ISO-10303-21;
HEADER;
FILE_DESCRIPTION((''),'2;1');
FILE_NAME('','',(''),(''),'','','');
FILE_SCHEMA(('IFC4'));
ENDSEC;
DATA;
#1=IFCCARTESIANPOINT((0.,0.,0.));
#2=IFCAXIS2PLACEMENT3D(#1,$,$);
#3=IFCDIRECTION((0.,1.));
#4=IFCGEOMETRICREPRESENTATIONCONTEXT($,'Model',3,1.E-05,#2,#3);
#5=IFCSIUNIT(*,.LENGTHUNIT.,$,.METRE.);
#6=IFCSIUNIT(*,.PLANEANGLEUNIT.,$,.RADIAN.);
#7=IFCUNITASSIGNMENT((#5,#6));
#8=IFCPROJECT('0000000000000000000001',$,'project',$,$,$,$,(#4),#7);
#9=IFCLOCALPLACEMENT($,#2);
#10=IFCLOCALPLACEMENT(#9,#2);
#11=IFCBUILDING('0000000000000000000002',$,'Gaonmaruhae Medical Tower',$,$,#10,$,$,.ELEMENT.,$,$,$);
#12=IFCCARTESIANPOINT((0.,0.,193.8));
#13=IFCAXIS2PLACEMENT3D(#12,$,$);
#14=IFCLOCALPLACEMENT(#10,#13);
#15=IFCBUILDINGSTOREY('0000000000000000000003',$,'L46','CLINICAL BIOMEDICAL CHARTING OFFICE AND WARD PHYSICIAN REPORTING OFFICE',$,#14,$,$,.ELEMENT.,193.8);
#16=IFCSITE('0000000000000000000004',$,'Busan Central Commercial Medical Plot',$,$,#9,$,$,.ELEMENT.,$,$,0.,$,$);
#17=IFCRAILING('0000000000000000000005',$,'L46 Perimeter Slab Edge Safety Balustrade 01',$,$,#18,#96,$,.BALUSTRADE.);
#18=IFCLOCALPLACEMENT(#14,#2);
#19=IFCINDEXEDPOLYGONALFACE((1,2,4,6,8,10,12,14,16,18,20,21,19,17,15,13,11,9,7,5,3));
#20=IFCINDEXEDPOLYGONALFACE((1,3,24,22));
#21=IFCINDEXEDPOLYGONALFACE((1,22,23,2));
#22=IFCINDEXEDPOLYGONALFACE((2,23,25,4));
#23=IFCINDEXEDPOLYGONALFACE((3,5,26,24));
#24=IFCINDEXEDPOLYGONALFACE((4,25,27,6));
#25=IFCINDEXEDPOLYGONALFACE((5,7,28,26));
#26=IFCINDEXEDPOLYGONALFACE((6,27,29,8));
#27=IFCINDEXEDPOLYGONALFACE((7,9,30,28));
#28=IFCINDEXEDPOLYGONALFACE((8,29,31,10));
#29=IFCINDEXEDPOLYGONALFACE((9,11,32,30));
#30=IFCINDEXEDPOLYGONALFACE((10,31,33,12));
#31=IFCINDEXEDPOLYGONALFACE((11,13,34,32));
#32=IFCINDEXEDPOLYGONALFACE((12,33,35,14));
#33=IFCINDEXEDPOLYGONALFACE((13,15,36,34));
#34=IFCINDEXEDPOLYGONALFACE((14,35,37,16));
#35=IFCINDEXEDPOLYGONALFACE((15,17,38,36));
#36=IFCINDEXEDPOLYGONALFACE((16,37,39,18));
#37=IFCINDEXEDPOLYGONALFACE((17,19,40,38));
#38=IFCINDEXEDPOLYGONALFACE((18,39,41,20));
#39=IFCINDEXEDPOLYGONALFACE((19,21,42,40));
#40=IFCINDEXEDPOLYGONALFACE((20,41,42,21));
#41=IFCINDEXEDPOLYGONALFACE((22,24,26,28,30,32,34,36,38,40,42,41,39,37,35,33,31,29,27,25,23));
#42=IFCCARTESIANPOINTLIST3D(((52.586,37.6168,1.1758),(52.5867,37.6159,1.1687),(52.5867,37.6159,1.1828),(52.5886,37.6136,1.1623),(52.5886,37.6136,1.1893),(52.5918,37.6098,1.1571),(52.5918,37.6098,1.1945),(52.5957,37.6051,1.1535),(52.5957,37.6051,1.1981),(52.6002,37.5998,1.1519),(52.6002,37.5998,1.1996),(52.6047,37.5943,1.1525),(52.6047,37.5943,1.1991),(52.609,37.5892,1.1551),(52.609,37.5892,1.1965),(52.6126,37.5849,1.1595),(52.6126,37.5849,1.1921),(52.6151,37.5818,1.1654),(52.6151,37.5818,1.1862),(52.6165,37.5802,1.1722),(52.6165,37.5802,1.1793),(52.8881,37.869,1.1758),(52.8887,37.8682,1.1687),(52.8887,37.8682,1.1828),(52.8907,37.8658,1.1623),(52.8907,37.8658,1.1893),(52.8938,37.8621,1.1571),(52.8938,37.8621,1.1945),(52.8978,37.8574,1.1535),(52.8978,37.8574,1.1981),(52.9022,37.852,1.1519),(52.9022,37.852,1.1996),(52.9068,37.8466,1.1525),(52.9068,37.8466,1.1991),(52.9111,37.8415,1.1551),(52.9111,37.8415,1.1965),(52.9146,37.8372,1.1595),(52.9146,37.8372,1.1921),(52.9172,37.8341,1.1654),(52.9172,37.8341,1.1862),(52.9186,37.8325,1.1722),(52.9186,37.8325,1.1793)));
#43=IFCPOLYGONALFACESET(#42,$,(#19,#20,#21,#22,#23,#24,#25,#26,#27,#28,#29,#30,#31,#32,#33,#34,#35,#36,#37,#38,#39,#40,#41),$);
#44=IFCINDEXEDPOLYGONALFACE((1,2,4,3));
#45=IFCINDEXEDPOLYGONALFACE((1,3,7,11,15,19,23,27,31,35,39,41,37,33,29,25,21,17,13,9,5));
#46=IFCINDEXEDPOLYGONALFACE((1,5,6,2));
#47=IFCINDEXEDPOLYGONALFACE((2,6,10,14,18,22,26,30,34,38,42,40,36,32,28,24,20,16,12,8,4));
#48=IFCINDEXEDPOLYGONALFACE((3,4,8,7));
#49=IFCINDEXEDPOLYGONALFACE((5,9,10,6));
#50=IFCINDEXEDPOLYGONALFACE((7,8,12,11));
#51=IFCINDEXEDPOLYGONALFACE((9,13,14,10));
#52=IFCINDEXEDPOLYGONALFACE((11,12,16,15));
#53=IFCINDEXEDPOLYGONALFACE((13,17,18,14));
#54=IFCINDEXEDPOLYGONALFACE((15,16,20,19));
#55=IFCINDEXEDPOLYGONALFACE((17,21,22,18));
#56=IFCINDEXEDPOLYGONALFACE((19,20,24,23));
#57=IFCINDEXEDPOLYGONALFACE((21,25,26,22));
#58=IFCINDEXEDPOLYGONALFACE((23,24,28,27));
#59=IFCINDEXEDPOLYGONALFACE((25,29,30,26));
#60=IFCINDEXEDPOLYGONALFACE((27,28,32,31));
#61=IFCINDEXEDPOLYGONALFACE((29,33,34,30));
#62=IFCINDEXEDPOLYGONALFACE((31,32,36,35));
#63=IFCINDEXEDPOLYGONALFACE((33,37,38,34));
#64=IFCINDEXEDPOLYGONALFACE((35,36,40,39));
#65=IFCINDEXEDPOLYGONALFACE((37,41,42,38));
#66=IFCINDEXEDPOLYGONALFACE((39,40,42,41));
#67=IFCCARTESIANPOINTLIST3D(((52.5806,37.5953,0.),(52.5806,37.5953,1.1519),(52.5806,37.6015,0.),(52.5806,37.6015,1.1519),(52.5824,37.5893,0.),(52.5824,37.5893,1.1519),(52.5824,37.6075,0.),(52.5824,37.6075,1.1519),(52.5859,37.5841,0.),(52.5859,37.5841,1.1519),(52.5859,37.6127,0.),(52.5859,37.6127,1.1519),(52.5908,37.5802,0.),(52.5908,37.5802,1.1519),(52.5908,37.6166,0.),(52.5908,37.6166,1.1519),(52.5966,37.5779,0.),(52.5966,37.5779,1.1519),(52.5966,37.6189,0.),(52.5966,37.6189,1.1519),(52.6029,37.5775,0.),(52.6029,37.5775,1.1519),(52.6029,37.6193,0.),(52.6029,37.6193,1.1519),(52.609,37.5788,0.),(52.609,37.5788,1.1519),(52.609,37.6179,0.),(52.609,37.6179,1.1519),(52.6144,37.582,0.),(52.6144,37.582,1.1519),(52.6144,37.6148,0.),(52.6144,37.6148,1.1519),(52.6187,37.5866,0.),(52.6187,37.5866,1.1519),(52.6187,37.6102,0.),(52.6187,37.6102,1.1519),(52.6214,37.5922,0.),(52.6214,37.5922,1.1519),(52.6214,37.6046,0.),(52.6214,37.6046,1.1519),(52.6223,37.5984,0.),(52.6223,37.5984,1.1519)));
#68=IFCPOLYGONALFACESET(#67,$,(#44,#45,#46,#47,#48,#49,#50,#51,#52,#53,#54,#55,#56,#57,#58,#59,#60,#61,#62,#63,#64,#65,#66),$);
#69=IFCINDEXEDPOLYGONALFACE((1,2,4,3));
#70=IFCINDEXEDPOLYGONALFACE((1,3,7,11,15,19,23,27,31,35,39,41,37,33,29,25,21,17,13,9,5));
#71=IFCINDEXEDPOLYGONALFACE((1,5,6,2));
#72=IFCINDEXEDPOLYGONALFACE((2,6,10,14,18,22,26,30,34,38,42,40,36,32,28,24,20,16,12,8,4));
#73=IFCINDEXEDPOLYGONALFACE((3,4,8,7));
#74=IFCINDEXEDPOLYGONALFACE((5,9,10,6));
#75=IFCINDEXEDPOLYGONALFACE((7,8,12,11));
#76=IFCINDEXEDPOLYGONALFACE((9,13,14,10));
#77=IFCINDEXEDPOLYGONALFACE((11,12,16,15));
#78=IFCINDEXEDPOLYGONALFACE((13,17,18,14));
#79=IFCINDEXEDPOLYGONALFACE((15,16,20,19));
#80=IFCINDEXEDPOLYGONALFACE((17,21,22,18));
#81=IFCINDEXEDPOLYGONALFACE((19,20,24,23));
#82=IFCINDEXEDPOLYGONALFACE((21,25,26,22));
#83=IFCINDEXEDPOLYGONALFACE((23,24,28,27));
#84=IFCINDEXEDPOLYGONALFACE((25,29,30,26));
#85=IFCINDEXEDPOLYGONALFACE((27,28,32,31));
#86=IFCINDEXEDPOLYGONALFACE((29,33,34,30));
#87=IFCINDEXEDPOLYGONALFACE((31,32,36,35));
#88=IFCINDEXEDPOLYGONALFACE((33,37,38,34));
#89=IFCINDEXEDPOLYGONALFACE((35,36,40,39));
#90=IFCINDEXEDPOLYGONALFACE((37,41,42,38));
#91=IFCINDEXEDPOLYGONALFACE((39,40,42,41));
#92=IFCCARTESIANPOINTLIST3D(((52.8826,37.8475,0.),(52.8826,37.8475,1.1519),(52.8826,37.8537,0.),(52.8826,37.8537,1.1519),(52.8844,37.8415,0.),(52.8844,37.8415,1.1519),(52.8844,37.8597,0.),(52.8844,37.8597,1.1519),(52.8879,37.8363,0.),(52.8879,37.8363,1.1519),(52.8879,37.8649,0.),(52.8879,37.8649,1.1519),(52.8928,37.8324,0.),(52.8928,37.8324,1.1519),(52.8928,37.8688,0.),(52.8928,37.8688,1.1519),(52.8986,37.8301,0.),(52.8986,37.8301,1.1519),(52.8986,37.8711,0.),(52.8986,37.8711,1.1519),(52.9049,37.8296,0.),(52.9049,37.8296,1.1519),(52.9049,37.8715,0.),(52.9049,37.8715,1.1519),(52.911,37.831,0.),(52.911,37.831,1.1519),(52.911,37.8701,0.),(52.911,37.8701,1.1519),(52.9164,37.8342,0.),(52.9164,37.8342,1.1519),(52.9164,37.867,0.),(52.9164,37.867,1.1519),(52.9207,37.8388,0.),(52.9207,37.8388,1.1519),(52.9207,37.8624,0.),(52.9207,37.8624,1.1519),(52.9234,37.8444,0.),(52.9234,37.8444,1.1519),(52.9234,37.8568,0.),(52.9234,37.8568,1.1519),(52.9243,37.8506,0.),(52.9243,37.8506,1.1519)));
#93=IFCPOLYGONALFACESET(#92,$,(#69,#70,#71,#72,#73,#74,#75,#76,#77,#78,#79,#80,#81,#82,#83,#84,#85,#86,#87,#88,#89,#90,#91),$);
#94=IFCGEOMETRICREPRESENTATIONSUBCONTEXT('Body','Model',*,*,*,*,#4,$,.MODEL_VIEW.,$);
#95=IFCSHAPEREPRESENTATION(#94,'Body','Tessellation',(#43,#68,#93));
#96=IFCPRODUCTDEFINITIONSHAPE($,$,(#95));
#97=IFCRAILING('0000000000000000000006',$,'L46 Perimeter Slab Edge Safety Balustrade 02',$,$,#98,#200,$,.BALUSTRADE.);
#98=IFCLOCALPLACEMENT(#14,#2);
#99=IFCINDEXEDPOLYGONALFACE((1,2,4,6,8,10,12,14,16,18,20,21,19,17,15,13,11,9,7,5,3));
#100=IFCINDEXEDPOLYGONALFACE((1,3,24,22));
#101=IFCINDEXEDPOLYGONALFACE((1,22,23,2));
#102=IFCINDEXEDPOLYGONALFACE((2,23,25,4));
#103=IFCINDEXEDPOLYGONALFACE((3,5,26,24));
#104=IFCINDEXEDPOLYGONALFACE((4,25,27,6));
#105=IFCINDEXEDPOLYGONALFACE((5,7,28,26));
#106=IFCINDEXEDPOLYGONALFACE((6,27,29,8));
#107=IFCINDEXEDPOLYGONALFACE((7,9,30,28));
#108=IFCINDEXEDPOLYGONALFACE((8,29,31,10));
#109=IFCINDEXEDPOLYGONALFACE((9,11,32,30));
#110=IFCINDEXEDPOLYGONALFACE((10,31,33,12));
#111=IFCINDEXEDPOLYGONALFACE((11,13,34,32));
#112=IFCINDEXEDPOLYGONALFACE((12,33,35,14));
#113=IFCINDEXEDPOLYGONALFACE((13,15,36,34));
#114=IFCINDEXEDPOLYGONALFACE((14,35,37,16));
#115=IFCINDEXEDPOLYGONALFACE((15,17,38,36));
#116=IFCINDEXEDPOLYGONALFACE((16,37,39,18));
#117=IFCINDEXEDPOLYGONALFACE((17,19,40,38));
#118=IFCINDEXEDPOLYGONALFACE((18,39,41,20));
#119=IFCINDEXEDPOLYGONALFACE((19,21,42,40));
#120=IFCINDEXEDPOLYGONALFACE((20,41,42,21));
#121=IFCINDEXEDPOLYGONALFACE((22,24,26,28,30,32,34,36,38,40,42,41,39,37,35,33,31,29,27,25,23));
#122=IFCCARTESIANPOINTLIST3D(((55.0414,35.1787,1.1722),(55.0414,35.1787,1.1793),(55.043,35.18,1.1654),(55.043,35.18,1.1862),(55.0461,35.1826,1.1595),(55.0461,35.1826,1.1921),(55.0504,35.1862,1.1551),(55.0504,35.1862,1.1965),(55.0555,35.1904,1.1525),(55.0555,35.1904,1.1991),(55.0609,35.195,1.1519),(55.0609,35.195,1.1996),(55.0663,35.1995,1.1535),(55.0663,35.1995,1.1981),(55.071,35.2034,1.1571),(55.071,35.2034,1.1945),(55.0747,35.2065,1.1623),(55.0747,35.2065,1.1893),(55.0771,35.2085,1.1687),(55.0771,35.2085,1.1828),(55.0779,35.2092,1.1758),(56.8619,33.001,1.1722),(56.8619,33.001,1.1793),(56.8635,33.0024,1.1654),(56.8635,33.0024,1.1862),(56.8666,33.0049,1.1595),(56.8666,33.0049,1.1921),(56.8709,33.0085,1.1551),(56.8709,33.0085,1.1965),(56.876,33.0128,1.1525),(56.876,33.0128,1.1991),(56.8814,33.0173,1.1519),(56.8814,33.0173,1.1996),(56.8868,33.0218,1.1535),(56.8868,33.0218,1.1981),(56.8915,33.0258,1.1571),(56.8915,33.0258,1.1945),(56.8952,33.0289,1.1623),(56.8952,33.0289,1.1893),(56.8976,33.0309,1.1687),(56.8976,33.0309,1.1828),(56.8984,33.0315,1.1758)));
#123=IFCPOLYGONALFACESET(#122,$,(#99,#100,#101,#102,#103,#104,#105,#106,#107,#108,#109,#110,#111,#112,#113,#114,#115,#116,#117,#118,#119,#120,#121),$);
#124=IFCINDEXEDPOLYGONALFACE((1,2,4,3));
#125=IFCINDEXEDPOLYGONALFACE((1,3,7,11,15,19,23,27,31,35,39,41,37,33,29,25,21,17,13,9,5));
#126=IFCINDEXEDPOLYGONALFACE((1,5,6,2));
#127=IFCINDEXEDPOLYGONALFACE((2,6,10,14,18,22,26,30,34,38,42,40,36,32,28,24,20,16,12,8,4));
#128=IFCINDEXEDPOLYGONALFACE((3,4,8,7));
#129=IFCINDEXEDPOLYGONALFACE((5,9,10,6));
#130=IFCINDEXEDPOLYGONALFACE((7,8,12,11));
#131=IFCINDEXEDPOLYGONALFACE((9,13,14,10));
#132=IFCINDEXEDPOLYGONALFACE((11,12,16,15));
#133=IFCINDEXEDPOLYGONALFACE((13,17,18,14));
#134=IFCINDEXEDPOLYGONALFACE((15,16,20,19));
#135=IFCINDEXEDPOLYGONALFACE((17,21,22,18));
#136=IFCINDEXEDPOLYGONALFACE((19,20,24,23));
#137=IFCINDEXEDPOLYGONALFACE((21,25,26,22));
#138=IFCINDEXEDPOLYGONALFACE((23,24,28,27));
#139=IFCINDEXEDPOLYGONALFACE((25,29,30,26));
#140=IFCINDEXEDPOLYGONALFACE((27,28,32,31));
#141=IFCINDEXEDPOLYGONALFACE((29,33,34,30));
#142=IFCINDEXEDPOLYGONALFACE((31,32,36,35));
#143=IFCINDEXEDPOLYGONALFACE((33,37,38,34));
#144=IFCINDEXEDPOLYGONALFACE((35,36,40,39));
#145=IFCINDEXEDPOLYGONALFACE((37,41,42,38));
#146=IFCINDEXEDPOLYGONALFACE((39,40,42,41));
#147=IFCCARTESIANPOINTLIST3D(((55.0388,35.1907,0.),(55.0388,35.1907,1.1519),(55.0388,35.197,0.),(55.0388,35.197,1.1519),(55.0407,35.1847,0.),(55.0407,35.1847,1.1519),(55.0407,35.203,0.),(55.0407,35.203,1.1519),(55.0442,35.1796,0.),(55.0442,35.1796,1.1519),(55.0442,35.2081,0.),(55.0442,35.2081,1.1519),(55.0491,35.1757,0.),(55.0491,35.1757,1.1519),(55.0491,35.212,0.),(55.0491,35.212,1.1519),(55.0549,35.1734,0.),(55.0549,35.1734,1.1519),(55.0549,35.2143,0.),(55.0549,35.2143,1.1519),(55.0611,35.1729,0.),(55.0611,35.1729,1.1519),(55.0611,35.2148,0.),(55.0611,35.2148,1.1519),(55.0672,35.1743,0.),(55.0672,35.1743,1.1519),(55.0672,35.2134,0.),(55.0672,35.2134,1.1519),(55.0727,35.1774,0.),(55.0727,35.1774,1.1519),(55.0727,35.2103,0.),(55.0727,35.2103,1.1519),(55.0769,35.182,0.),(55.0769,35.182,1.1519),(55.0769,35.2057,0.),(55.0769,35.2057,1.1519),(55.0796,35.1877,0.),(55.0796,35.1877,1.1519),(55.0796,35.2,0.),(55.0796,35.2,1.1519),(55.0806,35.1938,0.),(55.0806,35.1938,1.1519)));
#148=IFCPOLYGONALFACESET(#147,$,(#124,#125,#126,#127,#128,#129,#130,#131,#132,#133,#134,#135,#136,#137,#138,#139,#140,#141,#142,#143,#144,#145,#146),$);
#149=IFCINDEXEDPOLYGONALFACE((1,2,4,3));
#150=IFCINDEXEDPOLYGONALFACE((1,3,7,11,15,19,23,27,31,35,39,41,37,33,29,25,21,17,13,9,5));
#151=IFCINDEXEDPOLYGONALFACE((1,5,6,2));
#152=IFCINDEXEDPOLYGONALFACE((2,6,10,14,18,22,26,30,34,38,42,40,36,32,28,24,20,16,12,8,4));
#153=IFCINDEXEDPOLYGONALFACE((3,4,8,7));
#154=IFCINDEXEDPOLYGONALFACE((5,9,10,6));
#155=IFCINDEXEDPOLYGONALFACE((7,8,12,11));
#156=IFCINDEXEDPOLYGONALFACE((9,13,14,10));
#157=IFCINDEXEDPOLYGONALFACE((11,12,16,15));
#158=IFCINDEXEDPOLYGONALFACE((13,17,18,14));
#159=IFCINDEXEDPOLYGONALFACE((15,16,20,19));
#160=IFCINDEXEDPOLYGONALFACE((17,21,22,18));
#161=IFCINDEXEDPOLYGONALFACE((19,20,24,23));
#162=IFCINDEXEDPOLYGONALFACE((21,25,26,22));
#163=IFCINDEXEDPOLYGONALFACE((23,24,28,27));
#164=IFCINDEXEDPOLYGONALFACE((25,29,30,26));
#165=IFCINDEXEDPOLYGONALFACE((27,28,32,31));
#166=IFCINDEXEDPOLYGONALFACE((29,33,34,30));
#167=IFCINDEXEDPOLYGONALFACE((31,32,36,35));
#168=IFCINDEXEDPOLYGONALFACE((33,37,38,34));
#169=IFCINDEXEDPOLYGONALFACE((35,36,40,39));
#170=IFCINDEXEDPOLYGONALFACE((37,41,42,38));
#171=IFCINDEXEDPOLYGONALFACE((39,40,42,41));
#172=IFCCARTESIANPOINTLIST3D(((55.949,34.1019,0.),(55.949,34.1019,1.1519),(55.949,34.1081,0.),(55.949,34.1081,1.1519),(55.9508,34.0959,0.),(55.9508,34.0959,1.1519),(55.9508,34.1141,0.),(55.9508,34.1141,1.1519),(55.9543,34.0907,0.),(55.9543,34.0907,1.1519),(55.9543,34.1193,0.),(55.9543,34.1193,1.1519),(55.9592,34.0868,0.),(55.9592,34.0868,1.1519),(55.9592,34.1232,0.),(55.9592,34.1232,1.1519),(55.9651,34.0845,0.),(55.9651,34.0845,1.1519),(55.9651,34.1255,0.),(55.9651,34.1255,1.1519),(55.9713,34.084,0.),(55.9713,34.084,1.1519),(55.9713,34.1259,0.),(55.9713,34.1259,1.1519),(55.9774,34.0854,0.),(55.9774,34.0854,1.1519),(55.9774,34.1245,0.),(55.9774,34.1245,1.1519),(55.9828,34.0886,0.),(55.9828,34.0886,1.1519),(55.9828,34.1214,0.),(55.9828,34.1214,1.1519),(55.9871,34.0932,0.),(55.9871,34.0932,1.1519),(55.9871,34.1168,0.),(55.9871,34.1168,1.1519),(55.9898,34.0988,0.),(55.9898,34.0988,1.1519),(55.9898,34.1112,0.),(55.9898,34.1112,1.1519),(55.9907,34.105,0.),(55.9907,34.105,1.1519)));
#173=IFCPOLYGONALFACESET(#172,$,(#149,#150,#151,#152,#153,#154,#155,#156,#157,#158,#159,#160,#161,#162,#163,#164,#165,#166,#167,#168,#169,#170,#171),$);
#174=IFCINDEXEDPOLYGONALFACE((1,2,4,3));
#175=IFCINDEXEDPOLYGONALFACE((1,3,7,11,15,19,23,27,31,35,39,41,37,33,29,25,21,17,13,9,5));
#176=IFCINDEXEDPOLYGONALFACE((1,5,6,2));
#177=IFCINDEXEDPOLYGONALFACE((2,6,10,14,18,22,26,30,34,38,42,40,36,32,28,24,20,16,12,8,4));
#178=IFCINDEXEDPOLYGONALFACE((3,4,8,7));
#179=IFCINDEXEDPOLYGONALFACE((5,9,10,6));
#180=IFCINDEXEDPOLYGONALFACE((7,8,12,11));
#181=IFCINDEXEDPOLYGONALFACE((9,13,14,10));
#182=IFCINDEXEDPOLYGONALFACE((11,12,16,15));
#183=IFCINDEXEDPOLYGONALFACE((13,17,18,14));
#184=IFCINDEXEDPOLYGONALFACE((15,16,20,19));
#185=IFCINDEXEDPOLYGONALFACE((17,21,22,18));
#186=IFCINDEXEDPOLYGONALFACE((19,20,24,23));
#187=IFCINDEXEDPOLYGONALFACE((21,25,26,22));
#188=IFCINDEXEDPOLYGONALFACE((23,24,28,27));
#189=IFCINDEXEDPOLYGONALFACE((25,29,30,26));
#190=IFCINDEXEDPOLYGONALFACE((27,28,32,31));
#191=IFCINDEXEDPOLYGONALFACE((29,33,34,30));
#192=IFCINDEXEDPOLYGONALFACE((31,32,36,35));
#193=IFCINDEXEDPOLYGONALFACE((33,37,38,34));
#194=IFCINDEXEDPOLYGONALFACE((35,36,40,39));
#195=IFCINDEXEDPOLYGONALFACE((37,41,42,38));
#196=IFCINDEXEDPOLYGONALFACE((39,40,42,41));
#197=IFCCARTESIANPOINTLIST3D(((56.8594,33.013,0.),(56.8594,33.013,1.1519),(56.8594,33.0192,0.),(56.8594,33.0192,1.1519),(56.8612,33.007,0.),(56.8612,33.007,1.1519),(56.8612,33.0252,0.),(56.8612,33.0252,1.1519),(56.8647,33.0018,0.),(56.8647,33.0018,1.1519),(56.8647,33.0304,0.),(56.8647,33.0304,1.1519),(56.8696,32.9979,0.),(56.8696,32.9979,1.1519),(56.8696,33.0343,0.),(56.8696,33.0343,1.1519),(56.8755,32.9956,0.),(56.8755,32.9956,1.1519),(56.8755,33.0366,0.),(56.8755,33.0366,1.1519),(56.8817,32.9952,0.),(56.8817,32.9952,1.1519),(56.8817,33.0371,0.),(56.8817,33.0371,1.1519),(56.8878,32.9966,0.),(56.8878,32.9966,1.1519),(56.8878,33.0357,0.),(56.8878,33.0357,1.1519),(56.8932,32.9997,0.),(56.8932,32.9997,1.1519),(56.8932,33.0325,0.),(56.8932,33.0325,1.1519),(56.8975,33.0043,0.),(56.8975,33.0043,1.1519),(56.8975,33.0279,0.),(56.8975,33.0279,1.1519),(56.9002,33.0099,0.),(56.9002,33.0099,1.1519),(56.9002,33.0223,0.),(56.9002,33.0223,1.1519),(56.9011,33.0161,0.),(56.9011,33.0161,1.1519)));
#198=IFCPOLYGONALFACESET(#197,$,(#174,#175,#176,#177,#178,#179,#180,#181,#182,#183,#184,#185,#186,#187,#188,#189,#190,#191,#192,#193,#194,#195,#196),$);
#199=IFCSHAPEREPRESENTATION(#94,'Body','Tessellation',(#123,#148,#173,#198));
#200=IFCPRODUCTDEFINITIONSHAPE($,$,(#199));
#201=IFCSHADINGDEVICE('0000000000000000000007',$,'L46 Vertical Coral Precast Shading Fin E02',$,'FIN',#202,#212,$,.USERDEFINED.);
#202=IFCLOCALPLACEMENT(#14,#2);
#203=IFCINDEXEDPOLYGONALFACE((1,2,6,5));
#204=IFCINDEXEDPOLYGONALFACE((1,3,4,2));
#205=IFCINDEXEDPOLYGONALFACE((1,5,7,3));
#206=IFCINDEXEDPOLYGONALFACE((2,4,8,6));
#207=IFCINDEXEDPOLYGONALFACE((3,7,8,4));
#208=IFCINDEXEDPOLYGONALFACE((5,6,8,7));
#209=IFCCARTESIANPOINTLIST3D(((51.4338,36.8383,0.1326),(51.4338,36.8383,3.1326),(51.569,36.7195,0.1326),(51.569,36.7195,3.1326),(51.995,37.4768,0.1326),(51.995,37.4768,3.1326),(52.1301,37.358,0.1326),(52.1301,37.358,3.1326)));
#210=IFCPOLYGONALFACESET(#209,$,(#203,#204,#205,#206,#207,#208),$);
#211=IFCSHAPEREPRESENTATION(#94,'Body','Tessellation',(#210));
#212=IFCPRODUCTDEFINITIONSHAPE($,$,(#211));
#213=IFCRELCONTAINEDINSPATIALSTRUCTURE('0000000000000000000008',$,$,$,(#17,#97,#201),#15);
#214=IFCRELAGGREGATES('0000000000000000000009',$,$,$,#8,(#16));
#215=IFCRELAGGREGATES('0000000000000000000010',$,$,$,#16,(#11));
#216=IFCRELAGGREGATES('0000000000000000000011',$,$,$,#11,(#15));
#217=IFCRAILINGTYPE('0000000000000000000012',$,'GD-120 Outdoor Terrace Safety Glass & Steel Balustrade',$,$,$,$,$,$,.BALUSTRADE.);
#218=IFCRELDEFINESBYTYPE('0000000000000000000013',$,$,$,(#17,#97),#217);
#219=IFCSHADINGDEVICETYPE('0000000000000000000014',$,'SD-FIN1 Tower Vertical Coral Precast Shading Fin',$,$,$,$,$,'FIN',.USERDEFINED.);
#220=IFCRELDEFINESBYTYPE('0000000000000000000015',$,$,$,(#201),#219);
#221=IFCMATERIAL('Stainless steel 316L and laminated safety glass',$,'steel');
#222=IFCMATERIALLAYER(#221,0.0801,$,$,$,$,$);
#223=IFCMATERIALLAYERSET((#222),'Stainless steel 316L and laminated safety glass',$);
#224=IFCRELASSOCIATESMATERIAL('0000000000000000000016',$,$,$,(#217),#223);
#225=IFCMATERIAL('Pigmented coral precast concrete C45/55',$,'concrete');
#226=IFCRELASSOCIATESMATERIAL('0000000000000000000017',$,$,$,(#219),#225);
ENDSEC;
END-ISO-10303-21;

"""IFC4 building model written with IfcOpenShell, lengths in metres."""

from ifc_helpers import new_model, si_unit, direction, frame, origin, origin_2d, place, context, subcontext, project, spatial, rectangle, circle, extrude, material, layer, layer_set, type_object, element, save


model = new_model("IFC4")

# Units and contexts
model_context = context("Model", 3, precision=1e-05, world=origin(), true_north=direction((0.0, 1.0)))
body_context = subcontext(model_context, "Body", "Model", "MODEL_VIEW")
ifc_project = project(units=[si_unit("LENGTHUNIT", "METRE"), si_unit("PLANEANGLEUNIT", "RADIAN")], contexts=[model_context])

# Site, building, storey
site_placement = place(None, origin())
site = spatial("IfcSite", under=ifc_project, at=site_placement, Name="Busan Central Commercial Medical Plot", CompositionType="ELEMENT", RefElevation=0.0)
building_placement = place(site_placement, origin())
building = spatial("IfcBuilding", under=site, at=building_placement, Name="Gaonmaruhae Medical Tower", CompositionType="ELEMENT")
storey_placement = place(building_placement, frame((0.0, 0.0, 193.8)))
storey = spatial("IfcBuildingStorey", under=building, at=storey_placement, Name="L46", Description="CLINICAL BIOMEDICAL CHARTING OFFICE AND WARD PHYSICIAN REPORTING OFFICE", CompositionType="ELEMENT", Elevation=193.8)

# Railings
ifc_material_1 = material(Name="Stainless steel 316L and laminated safety glass", Category="steel")
ifc_layer_1 = layer(ifc_material_1, 0.0801)
ifc_layer_set_1 = layer_set([ifc_layer_1], Name="Stainless steel 316L and laminated safety glass")
railing_type = type_object("IfcRailingType", Name="GD-120 Outdoor Terrace Safety Glass & Steel Balustrade", PredefinedType="BALUSTRADE", material=ifc_layer_set_1)
railing_1_placement = place(storey_placement, frame((52.6013, 37.5984, 0.0)))
element("IfcRailing", 1, at=railing_1_placement, inside=storey, type_object=railing_type, Name="L46 Perimeter Slab Edge Safety Balustrade 01", PredefinedType="BALUSTRADE", context=body_context, shape_type="SweptSolid", body=[
    extrude(circle(Radius=0.0239, at=origin_2d()), frame((0.0, 0.0, 1.1758), z_axis=(0.76756, 0.640977, 0.0), x_axis=(-0.640977, 0.76756, 0.0)), (0.0, 0.0, 1.0), 0.3936),
    extrude(circle(Radius=0.021, at=origin_2d()), origin(), (0.0, 0.0, 1.0), 1.1519),
    extrude(circle(Radius=0.021, at=origin_2d()), frame((0.302, 0.2522, 0.0)), (0.0, 0.0, 1.0), 1.1519),
])
railing_2_placement = place(storey_placement, frame((55.0596, 35.1938, 0.0)))
element("IfcRailing", 2, at=railing_2_placement, inside=storey, type_object=railing_type, Name="L46 Perimeter Slab Edge Safety Balustrade 02", PredefinedType="BALUSTRADE", context=body_context, shape_type="SweptSolid", body=[
    extrude(circle(Radius=0.0239, at=origin_2d()), frame((0.0, 0.0, 1.1758), z_axis=(0.641385, -0.767219, 0.0), x_axis=(0.767219, 0.641385, 0.0)), (0.0, 0.0, 1.0), 2.8384),
    extrude(circle(Radius=0.021, at=origin_2d()), origin(), (0.0, 0.0, 1.0), 1.1519),
    extrude(circle(Radius=0.021, at=origin_2d()), frame((0.9102, -1.0889, 0.0)), (0.0, 0.0, 1.0), 1.1519),
    extrude(circle(Radius=0.021, at=origin_2d()), frame((1.8206, -2.1777, 0.0)), (0.0, 0.0, 1.0), 1.1519),
])

# Shading device
ifc_material_2 = material(Name="Pigmented coral precast concrete C45/55", Category="concrete")
shading_device_type = type_object("IfcShadingDeviceType", Name="SD-FIN1 Tower Vertical Coral Precast Shading Fin", ElementType="FIN", PredefinedType="USERDEFINED", material=ifc_material_2)
for number, where, z_axis, x_axis, name in (
    (3, (51.782, 37.0981, 0.1326), (0.0, 0.0, 1.0), (0.75116, -0.66012, 0.0), "L46 Vertical Coral Precast Shading Fin E02"),
):
    element("IfcShadingDevice", number, at=place(storey_placement, frame(where, z_axis=z_axis, x_axis=x_axis)), inside=storey, type_object=shading_device_type, Name=name, ObjectType="FIN", PredefinedType="USERDEFINED", context=body_context, shape_type="SweptSolid", body=[
        extrude(rectangle(XDim=0.1799, YDim=0.8501, at=origin_2d()), origin(), (0.0, 0.0, 1.0), 3.0),
    ])

save(model, "model.ifc")
